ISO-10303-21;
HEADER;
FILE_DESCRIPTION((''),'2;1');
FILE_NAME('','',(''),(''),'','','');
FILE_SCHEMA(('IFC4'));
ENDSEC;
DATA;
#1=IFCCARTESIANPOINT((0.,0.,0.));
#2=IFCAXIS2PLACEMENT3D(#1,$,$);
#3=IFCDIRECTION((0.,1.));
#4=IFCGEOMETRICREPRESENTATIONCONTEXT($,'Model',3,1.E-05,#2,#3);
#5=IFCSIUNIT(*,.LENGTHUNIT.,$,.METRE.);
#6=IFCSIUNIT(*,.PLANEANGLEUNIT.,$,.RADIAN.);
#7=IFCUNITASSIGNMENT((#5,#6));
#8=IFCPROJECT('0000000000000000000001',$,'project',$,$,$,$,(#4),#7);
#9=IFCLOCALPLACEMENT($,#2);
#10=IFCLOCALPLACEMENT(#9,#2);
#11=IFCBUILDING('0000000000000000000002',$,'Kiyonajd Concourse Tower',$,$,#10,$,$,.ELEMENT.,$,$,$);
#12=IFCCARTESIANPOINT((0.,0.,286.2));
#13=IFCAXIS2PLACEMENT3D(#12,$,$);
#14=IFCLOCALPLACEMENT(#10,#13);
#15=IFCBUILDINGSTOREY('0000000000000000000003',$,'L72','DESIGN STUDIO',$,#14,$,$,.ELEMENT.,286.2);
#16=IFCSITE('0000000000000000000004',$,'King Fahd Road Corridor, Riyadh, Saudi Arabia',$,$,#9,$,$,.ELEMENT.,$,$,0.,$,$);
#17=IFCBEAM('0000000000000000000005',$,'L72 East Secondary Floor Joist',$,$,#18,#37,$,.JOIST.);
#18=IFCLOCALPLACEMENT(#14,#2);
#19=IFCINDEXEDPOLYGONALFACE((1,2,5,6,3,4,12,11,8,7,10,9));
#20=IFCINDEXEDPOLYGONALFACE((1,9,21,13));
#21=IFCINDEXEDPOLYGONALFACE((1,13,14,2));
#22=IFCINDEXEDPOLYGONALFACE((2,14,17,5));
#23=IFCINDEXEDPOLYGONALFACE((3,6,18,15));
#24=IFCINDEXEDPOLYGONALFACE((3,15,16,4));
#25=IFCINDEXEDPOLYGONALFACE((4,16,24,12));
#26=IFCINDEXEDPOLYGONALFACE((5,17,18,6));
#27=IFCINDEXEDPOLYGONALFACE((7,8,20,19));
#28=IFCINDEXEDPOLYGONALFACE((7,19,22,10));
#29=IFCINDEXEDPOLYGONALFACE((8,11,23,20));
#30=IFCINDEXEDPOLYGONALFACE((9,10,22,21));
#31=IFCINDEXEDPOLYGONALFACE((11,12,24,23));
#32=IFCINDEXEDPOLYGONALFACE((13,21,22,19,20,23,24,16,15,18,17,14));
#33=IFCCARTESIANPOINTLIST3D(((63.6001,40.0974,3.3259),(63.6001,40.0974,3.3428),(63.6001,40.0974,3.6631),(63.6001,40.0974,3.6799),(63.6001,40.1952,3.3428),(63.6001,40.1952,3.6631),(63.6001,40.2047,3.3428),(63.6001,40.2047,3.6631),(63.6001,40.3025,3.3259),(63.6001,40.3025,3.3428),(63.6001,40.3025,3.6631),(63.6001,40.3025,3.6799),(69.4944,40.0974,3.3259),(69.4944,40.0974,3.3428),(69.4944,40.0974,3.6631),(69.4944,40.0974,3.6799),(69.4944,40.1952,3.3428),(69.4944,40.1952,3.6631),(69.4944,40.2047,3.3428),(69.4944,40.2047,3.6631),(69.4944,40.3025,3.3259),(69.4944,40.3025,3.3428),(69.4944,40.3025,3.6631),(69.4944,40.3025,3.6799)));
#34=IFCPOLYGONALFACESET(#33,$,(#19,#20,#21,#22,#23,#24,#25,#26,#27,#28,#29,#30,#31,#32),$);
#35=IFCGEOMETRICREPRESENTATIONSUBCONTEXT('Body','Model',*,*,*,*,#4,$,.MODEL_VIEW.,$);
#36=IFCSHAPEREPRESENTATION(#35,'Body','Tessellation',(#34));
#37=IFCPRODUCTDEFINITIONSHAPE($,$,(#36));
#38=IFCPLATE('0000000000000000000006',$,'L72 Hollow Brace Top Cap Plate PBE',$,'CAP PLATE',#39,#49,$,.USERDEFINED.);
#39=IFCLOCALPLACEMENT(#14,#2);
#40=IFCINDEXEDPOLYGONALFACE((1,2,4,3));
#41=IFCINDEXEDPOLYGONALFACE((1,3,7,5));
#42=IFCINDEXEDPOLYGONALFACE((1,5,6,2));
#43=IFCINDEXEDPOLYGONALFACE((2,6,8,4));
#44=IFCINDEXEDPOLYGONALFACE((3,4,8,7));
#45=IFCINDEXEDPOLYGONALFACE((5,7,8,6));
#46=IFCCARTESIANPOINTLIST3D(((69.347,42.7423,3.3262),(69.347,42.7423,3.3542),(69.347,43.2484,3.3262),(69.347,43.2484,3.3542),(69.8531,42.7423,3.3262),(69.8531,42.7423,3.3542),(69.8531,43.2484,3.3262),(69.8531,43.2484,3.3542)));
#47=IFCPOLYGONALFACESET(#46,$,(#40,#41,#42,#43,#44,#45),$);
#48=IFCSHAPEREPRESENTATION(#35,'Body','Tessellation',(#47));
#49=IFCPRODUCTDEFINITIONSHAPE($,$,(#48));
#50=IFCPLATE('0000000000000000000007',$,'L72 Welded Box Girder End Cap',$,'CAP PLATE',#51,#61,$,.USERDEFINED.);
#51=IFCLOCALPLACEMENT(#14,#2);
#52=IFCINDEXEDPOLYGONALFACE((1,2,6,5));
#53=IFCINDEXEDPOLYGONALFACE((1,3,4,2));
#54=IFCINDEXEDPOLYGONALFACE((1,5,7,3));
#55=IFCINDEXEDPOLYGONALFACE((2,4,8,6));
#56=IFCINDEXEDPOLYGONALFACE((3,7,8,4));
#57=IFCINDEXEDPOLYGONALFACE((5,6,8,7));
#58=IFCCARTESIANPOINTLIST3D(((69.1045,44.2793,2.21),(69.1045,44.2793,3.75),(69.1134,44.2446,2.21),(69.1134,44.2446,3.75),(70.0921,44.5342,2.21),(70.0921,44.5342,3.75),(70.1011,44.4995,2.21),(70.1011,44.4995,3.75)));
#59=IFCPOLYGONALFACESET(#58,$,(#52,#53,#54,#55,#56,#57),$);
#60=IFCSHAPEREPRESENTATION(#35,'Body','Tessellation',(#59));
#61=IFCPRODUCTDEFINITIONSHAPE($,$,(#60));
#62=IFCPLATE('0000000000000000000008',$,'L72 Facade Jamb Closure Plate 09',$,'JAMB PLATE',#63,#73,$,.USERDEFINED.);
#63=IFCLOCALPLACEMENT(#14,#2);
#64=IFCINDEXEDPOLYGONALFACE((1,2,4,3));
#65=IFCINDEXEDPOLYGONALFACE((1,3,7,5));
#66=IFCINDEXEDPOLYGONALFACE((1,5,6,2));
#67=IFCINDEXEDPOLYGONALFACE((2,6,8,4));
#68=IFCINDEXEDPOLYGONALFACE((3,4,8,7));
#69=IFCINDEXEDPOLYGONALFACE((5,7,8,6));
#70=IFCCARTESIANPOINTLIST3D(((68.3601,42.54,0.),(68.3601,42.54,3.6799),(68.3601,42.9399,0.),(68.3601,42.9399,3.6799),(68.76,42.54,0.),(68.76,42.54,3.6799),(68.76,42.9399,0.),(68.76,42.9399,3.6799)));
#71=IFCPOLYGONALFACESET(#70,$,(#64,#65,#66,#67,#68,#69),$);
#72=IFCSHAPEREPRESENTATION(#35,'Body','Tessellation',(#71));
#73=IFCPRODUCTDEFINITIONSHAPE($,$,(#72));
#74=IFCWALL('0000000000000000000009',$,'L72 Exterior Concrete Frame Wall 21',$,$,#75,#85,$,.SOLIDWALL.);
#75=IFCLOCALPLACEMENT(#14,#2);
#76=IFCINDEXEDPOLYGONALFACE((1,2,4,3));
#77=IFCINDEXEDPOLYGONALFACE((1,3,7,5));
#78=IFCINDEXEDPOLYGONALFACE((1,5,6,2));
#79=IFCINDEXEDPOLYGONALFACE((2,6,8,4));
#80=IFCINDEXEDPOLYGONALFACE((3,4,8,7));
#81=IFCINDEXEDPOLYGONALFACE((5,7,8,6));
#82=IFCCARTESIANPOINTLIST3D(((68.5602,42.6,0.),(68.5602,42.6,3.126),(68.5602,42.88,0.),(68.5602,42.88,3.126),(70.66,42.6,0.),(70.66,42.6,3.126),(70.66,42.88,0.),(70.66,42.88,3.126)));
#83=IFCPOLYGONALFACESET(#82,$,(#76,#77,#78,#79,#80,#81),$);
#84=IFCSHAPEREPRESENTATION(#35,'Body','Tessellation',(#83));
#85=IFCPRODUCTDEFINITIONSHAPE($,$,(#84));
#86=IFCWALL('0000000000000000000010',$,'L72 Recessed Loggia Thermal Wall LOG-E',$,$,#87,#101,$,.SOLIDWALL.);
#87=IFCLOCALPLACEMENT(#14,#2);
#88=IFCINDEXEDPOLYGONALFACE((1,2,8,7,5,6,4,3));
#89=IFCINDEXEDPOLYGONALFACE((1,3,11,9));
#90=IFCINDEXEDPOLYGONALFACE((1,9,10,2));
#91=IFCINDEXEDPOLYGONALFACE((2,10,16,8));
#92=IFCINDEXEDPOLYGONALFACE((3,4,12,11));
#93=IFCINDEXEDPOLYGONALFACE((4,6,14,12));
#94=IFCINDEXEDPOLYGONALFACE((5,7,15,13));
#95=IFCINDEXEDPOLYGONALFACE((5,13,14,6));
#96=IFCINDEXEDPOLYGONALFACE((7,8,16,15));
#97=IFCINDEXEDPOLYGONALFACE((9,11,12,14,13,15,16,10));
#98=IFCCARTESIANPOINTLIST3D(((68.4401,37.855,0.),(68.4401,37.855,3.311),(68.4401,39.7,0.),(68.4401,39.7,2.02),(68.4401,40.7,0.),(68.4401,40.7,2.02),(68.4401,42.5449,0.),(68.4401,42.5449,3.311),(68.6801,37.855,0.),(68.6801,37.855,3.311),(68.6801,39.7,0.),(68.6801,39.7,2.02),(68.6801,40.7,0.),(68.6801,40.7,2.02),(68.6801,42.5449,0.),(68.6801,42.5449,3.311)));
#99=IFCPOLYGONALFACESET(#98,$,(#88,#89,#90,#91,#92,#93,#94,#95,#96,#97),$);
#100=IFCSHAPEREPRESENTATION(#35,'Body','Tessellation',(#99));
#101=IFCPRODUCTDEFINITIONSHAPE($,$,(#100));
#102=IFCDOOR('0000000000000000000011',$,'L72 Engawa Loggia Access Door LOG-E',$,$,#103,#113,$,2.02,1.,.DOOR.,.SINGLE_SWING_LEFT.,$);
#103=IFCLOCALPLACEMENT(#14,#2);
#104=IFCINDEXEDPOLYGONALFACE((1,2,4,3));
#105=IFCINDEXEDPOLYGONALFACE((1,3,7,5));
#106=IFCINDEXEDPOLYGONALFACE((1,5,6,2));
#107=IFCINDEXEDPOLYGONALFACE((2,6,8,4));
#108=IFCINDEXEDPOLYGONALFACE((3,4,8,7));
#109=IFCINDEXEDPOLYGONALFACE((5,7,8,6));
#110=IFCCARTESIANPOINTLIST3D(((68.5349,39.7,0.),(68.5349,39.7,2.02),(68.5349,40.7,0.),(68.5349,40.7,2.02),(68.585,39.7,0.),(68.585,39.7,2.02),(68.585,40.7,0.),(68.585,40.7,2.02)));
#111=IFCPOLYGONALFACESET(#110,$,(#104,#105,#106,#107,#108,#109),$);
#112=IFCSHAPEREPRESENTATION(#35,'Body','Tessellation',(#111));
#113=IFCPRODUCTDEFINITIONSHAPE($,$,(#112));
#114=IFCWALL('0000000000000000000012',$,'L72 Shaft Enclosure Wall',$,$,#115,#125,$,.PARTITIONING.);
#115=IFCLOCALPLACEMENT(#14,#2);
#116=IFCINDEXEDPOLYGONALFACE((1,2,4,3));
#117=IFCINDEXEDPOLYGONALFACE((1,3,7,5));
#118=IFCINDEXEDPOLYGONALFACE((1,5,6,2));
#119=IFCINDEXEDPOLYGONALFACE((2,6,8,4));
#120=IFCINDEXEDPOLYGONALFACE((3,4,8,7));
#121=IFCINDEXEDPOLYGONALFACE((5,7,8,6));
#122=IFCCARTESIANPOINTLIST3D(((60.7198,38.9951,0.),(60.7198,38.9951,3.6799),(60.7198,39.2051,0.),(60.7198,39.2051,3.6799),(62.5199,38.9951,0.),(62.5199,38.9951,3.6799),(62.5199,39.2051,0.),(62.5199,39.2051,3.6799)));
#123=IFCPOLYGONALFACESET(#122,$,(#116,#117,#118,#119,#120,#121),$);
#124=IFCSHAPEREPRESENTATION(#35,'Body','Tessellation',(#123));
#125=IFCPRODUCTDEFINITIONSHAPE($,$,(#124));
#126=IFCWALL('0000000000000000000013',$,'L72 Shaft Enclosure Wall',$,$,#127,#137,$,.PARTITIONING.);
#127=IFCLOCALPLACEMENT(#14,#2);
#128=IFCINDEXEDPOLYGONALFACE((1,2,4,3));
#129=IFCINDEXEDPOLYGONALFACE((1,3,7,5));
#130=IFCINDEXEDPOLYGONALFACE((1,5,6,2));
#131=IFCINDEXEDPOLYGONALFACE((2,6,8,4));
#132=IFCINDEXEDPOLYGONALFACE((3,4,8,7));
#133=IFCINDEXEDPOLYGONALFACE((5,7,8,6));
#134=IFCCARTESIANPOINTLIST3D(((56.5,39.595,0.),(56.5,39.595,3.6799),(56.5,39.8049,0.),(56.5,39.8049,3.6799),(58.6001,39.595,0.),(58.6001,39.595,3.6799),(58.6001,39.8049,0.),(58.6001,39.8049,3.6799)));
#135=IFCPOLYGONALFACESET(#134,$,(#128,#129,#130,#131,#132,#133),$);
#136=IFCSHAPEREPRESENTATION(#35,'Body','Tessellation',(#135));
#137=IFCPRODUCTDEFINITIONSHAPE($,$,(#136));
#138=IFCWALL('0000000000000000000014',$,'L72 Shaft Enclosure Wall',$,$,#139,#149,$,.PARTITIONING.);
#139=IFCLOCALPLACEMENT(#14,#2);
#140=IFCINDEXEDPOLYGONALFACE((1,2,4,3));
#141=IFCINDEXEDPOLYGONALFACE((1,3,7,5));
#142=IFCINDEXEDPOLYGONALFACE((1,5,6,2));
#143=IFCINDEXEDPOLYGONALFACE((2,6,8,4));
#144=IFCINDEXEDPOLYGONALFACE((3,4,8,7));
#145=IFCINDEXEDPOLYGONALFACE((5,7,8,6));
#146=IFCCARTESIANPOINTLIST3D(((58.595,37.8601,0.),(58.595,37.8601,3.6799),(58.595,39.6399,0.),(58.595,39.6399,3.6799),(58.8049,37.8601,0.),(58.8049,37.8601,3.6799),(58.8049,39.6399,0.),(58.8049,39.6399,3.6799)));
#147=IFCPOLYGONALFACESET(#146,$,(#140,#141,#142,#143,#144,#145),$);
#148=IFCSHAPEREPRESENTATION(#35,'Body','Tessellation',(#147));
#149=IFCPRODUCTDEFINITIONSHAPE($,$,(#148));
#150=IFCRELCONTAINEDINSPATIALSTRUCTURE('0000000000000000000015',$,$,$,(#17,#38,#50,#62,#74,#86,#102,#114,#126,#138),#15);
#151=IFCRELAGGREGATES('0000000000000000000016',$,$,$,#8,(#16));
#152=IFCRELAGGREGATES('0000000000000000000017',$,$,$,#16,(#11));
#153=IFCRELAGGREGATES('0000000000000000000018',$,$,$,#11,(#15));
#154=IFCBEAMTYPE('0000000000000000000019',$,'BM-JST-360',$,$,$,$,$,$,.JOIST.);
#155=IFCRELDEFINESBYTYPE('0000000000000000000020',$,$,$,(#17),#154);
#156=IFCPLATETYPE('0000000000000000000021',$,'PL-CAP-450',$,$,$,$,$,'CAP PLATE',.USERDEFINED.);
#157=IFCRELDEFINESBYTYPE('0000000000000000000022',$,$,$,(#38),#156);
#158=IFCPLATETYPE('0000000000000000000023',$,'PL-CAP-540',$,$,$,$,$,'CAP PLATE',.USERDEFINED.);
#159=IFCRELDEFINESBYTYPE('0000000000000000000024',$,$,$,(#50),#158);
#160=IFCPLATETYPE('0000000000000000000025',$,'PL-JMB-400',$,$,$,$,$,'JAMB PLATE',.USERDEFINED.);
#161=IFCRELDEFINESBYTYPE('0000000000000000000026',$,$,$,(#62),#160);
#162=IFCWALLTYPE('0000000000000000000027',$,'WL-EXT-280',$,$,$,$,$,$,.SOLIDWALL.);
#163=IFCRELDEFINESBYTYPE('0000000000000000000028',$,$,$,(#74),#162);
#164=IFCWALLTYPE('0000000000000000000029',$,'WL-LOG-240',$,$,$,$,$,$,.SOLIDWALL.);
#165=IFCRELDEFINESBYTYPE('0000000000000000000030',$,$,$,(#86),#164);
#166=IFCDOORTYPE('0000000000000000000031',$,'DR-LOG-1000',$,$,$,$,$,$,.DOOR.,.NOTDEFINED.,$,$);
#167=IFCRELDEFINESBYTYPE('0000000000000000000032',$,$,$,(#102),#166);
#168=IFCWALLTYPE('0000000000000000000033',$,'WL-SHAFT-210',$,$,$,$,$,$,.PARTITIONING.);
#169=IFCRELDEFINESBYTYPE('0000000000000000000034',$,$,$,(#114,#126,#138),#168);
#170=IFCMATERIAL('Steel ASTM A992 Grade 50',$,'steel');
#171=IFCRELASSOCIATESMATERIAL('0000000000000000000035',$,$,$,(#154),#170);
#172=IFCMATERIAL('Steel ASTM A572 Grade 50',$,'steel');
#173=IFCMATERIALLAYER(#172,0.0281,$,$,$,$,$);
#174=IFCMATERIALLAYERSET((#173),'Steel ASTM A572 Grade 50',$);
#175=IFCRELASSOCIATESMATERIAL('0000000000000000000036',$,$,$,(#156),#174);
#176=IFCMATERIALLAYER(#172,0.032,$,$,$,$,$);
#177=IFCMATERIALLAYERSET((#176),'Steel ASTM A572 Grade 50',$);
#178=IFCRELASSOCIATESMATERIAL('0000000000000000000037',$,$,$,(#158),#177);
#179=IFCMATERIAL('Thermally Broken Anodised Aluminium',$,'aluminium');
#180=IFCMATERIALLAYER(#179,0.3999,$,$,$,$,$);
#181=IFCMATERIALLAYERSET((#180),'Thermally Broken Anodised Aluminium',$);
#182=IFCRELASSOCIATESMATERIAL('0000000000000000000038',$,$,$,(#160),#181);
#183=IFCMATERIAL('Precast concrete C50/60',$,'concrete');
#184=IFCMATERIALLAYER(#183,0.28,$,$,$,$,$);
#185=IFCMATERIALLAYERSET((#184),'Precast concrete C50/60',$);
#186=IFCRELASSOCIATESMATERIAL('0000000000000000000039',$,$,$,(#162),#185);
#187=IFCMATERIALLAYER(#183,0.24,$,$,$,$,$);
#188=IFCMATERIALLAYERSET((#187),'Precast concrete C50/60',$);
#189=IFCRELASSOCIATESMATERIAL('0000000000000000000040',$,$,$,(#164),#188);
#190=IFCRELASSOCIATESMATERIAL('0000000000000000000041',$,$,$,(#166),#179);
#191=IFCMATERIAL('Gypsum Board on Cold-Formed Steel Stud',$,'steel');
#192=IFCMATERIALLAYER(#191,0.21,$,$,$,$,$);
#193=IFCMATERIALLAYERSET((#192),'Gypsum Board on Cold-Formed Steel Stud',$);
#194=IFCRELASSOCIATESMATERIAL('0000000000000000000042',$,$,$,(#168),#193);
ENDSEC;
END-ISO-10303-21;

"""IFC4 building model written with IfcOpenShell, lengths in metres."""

from ifc_helpers import new_model, si_unit, direction, frame, frame_2d, origin, origin_2d, place, context, subcontext, project, spatial, rectangle, i_section, extrude, material, layer, layer_set, material_profile, profile_set, type_object, element, fill, save


model = new_model("IFC4")

# Units and contexts
model_context = context("Model", 3, precision=1e-05, world=origin(), true_north=direction((0.0, 1.0)))
body_context = subcontext(model_context, "Body", "Model", "MODEL_VIEW")
ifc_project = project(units=[si_unit("LENGTHUNIT", "METRE"), si_unit("PLANEANGLEUNIT", "RADIAN")], contexts=[model_context])

# Site, building, storey
site_placement = place(None, origin())
site = spatial("IfcSite", under=ifc_project, at=site_placement, Name="King Fahd Road Corridor, Riyadh, Saudi Arabia", CompositionType="ELEMENT", RefElevation=0.0)
building_placement = place(site_placement, origin())
building = spatial("IfcBuilding", under=site, at=building_placement, Name="Kiyonajd Concourse Tower", CompositionType="ELEMENT")
storey_placement = place(building_placement, frame((0.0, 0.0, 286.2)))
storey = spatial("IfcBuildingStorey", under=building, at=storey_placement, Name="L72", Description="DESIGN STUDIO", CompositionType="ELEMENT", Elevation=286.2)

# Beam
ifc_material_1 = material(Name="Steel ASTM A992 Grade 50", Category="steel")
ifc_material_profile = material_profile(ifc_material_1, i_section(OverallWidth=0.2051, OverallDepth=0.354, WebThickness=0.0095, FlangeThickness=0.0168, at=origin_2d()), Name="W360X79")
ifc_profile_set = profile_set([ifc_material_profile], Name="Steel ASTM A992 Grade 50")
beam_type = type_object("IfcBeamType", Name="BM-JST-360", PredefinedType="JOIST", material=ifc_profile_set)
beam_placement = place(storey_placement, frame((63.6001, 40.2, 3.5029), z_axis=(1.0, 0.0, 0.0), x_axis=(0.0, 1.0, 0.0)))
element("IfcBeam", 1, at=beam_placement, inside=storey, type_object=beam_type, Name="L72 East Secondary Floor Joist", PredefinedType="JOIST", context=body_context, shape_type="SweptSolid", body=[
    extrude(i_section(OverallWidth=0.2051, OverallDepth=0.354, WebThickness=0.0095, FlangeThickness=0.0168, at=origin_2d()), origin(), (0.0, 0.0, 1.0), 5.8943),
])

# Plates
ifc_material_2 = material(Name="Steel ASTM A572 Grade 50", Category="steel")
ifc_layer_1 = layer(ifc_material_2, 0.0281)
ifc_layer_set_1 = layer_set([ifc_layer_1], Name="Steel ASTM A572 Grade 50")
plate_type_1 = type_object("IfcPlateType", Name="PL-CAP-450", ElementType="CAP PLATE", PredefinedType="USERDEFINED", material=ifc_layer_set_1)
plate_1_placement = place(storey_placement, frame((69.6001, 42.9954, 3.3262), z_axis=(0.0, 0.0, 1.0), x_axis=(1.0, 0.0, 0.0)))
element("IfcPlate", 2, at=plate_1_placement, inside=storey, type_object=plate_type_1, Name="L72 Hollow Brace Top Cap Plate PBE", ObjectType="CAP PLATE", PredefinedType="USERDEFINED", context=body_context, shape_type="SweptSolid", body=[
    extrude(rectangle(XDim=0.5061, YDim=0.5061, at=origin_2d()), origin(), (0.0, 0.0, 1.0), 0.0281),
])
ifc_layer_2 = layer(ifc_material_2, 0.032)
ifc_layer_set_2 = layer_set([ifc_layer_2], Name="Steel ASTM A572 Grade 50")
plate_type_2 = type_object("IfcPlateType", Name="PL-CAP-540", ElementType="CAP PLATE", PredefinedType="USERDEFINED", material=ifc_layer_set_2)
plate_2_placement = place(storey_placement, frame((69.6028, 44.3894, 2.21), z_axis=(0.0, 0.0, 1.0), x_axis=(0.249873, -0.968279, 0.0)))
element("IfcPlate", 3, at=plate_2_placement, inside=storey, type_object=plate_type_2, Name="L72 Welded Box Girder End Cap", ObjectType="CAP PLATE", PredefinedType="USERDEFINED", context=body_context, shape_type="SweptSolid", body=[
    extrude(rectangle(XDim=0.0359, YDim=1.02, at=origin_2d()), origin(), (0.0, 0.0, 1.0), 1.54),
])
ifc_material_3 = material(Name="Thermally Broken Anodised Aluminium", Category="aluminium")
ifc_layer_3 = layer(ifc_material_3, 0.3999)
ifc_layer_set_3 = layer_set([ifc_layer_3], Name="Thermally Broken Anodised Aluminium")
plate_type_3 = type_object("IfcPlateType", Name="PL-JMB-400", ElementType="JAMB PLATE", PredefinedType="USERDEFINED", material=ifc_layer_set_3)
plate_3_placement = place(storey_placement, frame((68.5601, 42.74, 0.0), z_axis=(0.0, 0.0, 1.0), x_axis=(1.0, 0.0, 0.0)))
element("IfcPlate", 4, at=plate_3_placement, inside=storey, type_object=plate_type_3, Name="L72 Facade Jamb Closure Plate 09", ObjectType="JAMB PLATE", PredefinedType="USERDEFINED", context=body_context, shape_type="SweptSolid", body=[
    extrude(rectangle(XDim=0.3999, YDim=0.3999, at=origin_2d()), origin(), (0.0, 0.0, 1.0), 3.6799),
])

# Wall
ifc_material_4 = material(Name="Precast concrete C50/60", Category="concrete")
ifc_layer_4 = layer(ifc_material_4, 0.28)
ifc_layer_set_4 = layer_set([ifc_layer_4], Name="Precast concrete C50/60")
wall_type_1 = type_object("IfcWallType", Name="WL-EXT-280", PredefinedType="SOLIDWALL", material=ifc_layer_set_4)
wall_1_placement = place(storey_placement, frame((70.6599, 42.74, 0.0), z_axis=(0.0, 0.0, 1.0), x_axis=(-1.0, 0.0, 0.0)))
element("IfcWall", 5, at=wall_1_placement, inside=storey, type_object=wall_type_1, Name="L72 Exterior Concrete Frame Wall 21", PredefinedType="SOLIDWALL", context=body_context, shape_type="SweptSolid", body=[
    extrude(rectangle(XDim=2.0999, YDim=0.28, at=frame_2d((1.0498, 0.0))), origin(), (0.0, 0.0, 1.0), 3.126),
])

# Wall, opening, door
ifc_layer_5 = layer(ifc_material_4, 0.24)
ifc_layer_set_5 = layer_set([ifc_layer_5], Name="Precast concrete C50/60")
wall_type_2 = type_object("IfcWallType", Name="WL-LOG-240", PredefinedType="SOLIDWALL", material=ifc_layer_set_5)
wall_2_placement = place(storey_placement, frame((68.5601, 42.5449, 0.0), z_axis=(0.0, 0.0, 1.0), x_axis=(0.0, -1.0, 0.0)))
wall_2 = element("IfcWall", 6, at=wall_2_placement, inside=storey, type_object=wall_type_2, Name="L72 Recessed Loggia Thermal Wall LOG-E", PredefinedType="SOLIDWALL", context=body_context, shape_type="SweptSolid", body=[
    extrude(rectangle(XDim=4.6899, YDim=0.24, at=frame_2d((2.345, 0.0))), origin(), (0.0, 0.0, 1.0), 3.311),
])
opening_1_placement = place(wall_2_placement, frame((1.845, 0.0, 0.0)))
opening_1 = element("IfcOpeningElement", 7, at=opening_1_placement, cuts=wall_2, PredefinedType="OPENING", context=body_context, shape_type="SweptSolid", body=[
    extrude(rectangle(XDim=1.0, YDim=2.02, at=frame_2d((0.5, 1.01))), frame((0.0, 0.1299, 0.0), z_axis=(0.0, -1.0, 0.0), x_axis=(1.0, 0.0, 0.0)), (0.0, 0.0, 1.0), 0.26),
])
door_type_1 = type_object("IfcDoorType", Name="DR-LOG-1000", OperationType="NOTDEFINED", PredefinedType="DOOR", material=ifc_material_3)
door_1_placement = place(opening_1_placement, origin())
door_1 = element("IfcDoor", 8, at=door_1_placement, inside=storey, type_object=door_type_1, Name="L72 Engawa Loggia Access Door LOG-E", OperationType="SINGLE_SWING_LEFT", OverallHeight=2.02, OverallWidth=1.0, PredefinedType="DOOR", context=body_context, shape_type="SweptSolid", body=[
    extrude(rectangle(XDim=1.0, YDim=2.02, at=frame_2d((0.5, 1.01))), frame((0.0, 0.0249, 0.0), z_axis=(0.0, -1.0, 0.0), x_axis=(1.0, 0.0, 0.0)), (0.0, 0.0, 1.0), 0.05),
])
fill(opening_1, door_1)

# Walls
ifc_material_5 = material(Name="Gypsum Board on Cold-Formed Steel Stud", Category="steel")
ifc_layer_6 = layer(ifc_material_5, 0.21)
ifc_layer_set_6 = layer_set([ifc_layer_6], Name="Gypsum Board on Cold-Formed Steel Stud")
wall_type_3 = type_object("IfcWallType", Name="WL-SHAFT-210", PredefinedType="PARTITIONING", material=ifc_layer_set_6)
wall_3_placement = place(storey_placement, frame((60.72, 39.1001, 0.0), z_axis=(0.0, 0.0, 1.0), x_axis=(1.0, 0.0, 0.0)))
element("IfcWall", 9, at=wall_3_placement, inside=storey, type_object=wall_type_3, Name="L72 Shaft Enclosure Wall", PredefinedType="PARTITIONING", context=body_context, shape_type="SweptSolid", body=[
    extrude(rectangle(XDim=1.8, YDim=0.21, at=frame_2d((0.8999, 0.0))), origin(), (0.0, 0.0, 1.0), 3.6799),
])
wall_4_placement = place(storey_placement, frame((56.5, 39.7, 0.0), z_axis=(0.0, 0.0, 1.0), x_axis=(1.0, 0.0, 0.0)))
element("IfcWall", 10, at=wall_4_placement, inside=storey, type_object=wall_type_3, Name="L72 Shaft Enclosure Wall", PredefinedType="PARTITIONING", context=body_context, shape_type="SweptSolid", body=[
    extrude(rectangle(XDim=2.1001, YDim=0.21, at=frame_2d((1.05, 0.0))), origin(), (0.0, 0.0, 1.0), 3.6799),
])
wall_5_placement = place(storey_placement, frame((58.7, 37.8601, 0.0), z_axis=(0.0, 0.0, 1.0), x_axis=(0.0, 1.0, 0.0)))
element("IfcWall", 11, at=wall_5_placement, inside=storey, type_object=wall_type_3, Name="L72 Shaft Enclosure Wall", PredefinedType="PARTITIONING", context=body_context, shape_type="SweptSolid", body=[
    extrude(rectangle(XDim=1.7798, YDim=0.21, at=frame_2d((0.8899, 0.0))), origin(), (0.0, 0.0, 1.0), 3.6799),
])

save(model, "model.ifc")
